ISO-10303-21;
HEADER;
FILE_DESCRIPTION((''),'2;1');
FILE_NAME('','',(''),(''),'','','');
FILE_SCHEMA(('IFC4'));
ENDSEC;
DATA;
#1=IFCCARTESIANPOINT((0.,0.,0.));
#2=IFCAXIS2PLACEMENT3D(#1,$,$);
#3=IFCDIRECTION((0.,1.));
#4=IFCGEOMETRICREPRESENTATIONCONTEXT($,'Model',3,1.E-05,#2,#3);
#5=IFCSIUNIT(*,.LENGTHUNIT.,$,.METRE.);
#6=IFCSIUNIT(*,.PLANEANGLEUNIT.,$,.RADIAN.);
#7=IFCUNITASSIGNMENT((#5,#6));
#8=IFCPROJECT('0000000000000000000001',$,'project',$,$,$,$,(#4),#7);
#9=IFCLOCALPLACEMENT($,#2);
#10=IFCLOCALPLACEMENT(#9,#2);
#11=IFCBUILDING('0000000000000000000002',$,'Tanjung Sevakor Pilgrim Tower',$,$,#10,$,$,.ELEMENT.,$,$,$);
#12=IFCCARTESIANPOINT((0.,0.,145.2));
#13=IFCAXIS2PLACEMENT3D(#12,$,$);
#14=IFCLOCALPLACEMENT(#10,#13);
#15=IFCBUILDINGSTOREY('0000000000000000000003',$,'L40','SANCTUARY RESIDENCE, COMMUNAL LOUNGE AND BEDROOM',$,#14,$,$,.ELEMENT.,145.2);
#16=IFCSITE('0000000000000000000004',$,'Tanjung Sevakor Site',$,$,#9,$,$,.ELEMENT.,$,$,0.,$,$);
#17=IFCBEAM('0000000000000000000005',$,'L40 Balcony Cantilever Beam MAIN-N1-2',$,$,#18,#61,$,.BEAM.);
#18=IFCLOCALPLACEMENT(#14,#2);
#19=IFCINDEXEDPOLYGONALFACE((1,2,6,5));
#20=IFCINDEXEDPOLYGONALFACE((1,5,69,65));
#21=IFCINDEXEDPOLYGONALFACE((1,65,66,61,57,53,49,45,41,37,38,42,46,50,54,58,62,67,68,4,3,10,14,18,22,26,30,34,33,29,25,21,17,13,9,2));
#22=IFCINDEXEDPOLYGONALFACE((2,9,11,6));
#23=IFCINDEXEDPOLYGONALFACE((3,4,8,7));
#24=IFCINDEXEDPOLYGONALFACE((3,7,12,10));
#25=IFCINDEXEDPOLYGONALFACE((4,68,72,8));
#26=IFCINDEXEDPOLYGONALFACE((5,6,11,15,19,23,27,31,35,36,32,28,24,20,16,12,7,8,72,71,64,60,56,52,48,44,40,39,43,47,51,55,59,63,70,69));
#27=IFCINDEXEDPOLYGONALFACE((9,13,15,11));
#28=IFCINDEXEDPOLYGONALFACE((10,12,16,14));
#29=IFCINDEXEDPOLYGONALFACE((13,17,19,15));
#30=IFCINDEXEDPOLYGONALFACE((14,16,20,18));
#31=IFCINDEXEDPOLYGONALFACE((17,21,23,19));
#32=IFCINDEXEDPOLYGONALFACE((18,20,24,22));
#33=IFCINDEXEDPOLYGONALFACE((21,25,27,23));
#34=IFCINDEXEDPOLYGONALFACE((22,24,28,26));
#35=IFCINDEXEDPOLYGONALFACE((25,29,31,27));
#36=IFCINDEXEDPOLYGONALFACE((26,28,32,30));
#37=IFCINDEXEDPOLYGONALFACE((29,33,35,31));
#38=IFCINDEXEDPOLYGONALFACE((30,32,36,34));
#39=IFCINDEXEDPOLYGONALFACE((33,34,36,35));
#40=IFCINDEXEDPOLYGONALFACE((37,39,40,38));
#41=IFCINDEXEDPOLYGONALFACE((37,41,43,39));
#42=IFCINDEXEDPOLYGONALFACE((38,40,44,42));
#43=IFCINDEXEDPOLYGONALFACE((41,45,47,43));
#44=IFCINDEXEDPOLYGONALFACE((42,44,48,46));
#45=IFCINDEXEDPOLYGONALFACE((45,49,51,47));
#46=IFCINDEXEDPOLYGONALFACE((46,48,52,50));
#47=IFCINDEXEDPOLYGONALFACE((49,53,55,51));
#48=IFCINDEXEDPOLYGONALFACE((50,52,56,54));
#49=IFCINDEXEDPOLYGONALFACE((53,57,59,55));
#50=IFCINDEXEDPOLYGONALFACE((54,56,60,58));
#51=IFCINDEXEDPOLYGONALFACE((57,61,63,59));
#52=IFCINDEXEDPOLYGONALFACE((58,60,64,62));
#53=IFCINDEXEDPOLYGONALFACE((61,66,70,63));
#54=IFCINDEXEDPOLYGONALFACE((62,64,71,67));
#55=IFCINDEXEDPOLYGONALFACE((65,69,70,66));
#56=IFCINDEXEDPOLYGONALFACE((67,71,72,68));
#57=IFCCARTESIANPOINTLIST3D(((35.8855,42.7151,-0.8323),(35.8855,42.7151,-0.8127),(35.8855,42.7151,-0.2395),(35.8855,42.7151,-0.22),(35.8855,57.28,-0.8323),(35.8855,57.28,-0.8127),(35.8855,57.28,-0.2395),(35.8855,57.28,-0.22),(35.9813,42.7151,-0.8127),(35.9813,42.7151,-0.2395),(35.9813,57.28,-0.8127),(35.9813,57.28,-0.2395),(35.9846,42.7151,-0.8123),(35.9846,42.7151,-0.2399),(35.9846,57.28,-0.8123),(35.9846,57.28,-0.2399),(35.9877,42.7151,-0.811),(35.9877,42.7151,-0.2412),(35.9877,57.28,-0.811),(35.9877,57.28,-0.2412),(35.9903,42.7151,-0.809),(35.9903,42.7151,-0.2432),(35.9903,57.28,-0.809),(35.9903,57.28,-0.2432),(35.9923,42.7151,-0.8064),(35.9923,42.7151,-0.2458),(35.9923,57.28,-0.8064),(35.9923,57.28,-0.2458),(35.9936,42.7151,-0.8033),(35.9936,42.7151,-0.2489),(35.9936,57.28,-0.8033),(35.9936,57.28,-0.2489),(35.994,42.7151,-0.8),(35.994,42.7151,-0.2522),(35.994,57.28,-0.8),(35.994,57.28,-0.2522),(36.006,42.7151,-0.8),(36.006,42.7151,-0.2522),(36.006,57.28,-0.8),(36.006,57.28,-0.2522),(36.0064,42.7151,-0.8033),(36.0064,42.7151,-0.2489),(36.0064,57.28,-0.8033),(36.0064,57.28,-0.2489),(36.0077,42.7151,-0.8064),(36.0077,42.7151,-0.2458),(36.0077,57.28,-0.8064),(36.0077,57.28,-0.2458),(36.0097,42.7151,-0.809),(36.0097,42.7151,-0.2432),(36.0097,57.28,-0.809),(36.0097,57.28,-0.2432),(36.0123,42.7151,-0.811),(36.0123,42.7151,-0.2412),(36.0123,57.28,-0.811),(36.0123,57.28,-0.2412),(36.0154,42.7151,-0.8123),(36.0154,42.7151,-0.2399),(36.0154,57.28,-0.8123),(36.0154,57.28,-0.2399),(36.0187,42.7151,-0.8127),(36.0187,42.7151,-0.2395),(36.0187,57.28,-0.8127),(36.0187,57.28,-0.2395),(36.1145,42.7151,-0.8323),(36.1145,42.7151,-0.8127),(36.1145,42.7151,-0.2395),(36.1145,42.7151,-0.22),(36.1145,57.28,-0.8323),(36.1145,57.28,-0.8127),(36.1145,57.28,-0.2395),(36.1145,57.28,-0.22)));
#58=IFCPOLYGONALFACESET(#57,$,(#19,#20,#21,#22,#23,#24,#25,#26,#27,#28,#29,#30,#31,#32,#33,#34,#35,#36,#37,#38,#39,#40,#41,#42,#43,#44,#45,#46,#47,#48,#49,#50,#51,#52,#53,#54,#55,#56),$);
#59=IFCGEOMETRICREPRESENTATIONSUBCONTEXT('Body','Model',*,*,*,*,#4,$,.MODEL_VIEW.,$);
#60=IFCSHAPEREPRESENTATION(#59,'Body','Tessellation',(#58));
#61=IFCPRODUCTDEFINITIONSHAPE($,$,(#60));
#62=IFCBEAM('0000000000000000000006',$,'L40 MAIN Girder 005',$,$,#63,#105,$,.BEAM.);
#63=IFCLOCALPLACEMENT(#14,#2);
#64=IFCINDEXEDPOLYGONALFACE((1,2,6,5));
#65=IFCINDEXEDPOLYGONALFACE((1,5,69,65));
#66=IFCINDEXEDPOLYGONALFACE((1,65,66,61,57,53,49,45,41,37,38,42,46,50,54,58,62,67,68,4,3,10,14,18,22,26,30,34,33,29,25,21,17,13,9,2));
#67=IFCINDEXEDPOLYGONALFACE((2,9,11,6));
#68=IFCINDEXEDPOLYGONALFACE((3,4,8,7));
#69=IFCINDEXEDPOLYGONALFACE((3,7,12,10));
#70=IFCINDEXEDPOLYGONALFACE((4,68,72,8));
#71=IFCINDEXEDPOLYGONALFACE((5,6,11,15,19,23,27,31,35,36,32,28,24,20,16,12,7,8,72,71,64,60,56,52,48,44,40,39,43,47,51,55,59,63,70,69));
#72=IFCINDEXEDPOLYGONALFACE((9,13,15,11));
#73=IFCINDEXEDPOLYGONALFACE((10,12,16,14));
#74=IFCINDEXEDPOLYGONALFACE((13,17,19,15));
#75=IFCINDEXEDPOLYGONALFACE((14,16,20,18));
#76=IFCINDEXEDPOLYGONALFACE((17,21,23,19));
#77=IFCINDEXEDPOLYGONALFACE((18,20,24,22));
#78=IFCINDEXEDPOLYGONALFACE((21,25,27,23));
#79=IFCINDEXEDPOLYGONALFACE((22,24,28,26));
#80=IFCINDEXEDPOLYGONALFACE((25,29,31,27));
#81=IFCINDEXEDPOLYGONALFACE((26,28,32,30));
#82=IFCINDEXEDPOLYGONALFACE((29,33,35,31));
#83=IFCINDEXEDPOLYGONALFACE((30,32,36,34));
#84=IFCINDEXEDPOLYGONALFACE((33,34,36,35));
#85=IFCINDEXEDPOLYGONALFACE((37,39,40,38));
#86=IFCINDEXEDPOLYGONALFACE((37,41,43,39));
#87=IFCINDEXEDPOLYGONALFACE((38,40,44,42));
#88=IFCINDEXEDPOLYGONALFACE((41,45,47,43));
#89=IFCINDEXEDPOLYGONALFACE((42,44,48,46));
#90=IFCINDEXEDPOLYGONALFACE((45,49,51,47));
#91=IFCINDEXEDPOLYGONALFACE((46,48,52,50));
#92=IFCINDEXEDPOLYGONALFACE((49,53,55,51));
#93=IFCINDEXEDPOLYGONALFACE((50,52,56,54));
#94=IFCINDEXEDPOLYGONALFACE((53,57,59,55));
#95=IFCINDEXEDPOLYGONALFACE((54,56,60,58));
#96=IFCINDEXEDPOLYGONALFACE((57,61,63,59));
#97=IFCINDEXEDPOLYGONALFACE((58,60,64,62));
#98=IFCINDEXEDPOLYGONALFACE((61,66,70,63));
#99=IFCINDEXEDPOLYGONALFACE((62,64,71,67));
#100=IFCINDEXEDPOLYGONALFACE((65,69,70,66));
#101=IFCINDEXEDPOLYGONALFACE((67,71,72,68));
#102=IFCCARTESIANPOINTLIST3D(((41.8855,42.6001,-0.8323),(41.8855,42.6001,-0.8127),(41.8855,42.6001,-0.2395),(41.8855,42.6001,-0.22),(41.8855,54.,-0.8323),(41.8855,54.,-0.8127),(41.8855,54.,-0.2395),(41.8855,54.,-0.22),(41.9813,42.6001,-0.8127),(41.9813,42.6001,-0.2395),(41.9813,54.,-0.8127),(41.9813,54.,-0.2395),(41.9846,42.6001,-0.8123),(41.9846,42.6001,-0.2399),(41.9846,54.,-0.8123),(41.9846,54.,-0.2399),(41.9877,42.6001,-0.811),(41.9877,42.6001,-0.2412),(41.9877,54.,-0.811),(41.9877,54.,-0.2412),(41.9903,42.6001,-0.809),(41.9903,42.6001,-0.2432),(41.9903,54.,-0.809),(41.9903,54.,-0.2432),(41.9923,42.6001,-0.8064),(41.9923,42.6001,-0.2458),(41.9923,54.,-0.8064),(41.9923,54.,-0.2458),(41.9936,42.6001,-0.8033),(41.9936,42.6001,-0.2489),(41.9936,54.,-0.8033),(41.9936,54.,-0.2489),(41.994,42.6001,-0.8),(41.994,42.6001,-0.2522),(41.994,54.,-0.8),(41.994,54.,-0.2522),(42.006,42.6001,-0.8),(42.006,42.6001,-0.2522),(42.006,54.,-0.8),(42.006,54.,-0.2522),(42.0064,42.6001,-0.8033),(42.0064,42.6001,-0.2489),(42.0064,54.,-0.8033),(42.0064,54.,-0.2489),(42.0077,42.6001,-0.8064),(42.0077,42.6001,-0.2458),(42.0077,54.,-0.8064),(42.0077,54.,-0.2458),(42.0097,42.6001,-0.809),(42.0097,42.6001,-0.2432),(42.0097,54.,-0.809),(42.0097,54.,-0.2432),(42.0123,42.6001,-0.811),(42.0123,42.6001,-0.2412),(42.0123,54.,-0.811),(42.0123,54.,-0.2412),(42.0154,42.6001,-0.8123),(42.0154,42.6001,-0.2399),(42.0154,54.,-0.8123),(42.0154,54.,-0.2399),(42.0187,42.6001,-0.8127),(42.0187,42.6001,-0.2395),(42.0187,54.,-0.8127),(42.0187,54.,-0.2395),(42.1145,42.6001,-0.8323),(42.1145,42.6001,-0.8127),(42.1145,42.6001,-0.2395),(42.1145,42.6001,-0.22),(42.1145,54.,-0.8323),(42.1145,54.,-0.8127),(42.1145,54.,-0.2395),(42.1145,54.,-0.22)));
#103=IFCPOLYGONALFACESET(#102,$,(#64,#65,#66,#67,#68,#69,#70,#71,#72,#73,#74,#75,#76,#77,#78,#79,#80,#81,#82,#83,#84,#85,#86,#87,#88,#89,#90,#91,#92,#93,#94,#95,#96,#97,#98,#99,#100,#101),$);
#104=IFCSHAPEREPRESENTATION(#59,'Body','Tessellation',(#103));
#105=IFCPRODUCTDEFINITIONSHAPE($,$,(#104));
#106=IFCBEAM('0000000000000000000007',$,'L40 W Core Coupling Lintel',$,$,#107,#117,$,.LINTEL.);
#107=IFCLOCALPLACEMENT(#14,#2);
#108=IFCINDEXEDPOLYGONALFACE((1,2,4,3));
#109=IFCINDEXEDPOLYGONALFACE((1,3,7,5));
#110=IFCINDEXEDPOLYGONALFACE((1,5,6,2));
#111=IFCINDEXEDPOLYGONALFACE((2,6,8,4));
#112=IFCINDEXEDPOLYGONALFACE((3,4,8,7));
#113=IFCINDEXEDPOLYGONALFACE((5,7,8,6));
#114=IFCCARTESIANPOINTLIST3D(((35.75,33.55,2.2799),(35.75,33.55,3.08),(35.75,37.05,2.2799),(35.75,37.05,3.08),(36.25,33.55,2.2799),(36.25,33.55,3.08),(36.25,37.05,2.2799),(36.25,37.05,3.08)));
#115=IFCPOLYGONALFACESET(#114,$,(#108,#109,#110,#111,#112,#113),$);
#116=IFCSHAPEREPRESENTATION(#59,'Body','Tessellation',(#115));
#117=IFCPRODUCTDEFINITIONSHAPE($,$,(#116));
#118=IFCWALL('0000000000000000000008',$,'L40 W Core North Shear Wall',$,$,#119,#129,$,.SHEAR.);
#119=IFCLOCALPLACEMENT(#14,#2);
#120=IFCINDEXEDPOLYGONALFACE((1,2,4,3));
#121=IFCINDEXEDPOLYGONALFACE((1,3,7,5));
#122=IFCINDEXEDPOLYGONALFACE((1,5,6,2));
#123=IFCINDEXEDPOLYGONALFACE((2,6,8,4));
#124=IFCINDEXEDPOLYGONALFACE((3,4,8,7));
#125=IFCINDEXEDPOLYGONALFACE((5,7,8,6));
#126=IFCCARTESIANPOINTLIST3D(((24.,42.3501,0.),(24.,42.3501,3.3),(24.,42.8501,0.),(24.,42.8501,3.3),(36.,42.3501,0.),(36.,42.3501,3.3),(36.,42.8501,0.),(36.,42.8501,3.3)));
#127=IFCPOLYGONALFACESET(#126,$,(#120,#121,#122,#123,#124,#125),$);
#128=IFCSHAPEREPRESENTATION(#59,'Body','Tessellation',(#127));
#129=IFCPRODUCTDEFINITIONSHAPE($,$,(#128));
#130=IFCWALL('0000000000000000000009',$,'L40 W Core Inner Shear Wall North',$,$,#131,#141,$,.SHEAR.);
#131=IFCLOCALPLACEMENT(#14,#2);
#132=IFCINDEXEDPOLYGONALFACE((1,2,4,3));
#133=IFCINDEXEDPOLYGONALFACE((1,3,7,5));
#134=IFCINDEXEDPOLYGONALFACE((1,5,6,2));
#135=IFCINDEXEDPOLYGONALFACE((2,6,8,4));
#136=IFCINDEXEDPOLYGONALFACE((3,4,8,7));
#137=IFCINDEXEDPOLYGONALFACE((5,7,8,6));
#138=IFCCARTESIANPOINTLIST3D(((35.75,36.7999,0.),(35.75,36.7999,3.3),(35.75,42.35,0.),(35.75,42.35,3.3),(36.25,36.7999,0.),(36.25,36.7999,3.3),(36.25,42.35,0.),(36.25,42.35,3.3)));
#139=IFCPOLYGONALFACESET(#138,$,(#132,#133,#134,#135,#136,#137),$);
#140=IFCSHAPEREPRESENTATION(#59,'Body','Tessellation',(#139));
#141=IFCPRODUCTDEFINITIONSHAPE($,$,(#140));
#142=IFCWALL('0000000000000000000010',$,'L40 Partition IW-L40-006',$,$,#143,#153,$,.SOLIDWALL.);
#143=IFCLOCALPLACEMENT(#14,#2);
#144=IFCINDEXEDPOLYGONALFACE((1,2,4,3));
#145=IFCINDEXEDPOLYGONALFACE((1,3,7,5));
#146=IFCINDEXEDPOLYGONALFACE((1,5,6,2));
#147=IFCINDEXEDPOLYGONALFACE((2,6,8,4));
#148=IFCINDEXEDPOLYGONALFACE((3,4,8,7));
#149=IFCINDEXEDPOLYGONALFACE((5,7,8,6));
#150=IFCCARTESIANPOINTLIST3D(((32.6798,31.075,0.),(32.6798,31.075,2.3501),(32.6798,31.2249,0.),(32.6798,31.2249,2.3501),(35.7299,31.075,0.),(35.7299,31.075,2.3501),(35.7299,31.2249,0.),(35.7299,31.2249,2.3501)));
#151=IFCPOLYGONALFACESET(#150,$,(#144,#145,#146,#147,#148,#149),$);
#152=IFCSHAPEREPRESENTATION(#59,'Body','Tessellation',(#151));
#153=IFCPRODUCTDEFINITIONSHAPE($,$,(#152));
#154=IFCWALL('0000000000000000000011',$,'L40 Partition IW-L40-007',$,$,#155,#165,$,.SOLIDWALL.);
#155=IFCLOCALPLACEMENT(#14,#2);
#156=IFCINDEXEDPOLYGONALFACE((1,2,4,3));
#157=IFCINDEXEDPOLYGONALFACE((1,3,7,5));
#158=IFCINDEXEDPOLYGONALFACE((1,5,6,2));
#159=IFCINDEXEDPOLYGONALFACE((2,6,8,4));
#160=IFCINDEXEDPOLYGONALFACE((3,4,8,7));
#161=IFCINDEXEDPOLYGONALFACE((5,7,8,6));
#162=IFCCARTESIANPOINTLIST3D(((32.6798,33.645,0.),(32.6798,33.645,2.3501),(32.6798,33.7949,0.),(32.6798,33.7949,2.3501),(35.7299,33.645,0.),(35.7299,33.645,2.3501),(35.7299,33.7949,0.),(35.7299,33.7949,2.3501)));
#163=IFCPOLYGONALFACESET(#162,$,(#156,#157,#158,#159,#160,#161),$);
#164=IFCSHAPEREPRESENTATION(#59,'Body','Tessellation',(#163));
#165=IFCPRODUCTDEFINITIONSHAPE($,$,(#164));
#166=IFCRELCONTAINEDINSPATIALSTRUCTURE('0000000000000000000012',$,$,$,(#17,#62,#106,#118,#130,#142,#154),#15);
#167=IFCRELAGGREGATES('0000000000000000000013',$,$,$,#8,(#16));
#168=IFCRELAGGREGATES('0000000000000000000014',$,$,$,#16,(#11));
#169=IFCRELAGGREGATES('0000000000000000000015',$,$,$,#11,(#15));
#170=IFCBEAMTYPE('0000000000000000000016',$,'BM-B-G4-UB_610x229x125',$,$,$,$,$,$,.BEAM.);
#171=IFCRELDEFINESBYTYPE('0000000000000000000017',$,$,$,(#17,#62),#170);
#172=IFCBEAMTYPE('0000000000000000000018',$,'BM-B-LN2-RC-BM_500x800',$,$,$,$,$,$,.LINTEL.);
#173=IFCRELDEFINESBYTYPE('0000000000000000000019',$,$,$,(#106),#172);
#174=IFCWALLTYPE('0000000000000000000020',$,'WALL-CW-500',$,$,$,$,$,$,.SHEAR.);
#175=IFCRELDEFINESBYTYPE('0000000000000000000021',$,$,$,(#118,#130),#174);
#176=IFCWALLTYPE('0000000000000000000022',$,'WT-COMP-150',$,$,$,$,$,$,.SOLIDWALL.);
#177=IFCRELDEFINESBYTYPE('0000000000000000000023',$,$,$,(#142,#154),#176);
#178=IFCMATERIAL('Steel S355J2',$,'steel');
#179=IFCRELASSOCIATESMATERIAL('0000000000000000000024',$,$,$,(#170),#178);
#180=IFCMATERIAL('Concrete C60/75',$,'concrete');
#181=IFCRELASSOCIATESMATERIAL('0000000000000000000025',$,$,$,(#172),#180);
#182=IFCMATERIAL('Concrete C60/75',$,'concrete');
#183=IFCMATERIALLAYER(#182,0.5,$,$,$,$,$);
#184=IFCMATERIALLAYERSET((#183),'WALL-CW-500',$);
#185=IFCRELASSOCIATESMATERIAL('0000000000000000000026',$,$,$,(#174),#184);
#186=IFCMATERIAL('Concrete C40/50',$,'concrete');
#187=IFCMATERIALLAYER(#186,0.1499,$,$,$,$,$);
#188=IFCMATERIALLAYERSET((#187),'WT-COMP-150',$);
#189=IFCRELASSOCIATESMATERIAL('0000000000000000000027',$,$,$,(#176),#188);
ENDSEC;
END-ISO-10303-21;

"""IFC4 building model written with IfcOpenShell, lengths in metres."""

from ifc_helpers import new_model, si_unit, direction, frame, frame_2d, origin, origin_2d, place, context, subcontext, project, spatial, rectangle, i_section, extrude, material, layer, layer_set, material_profile, profile_set, type_object, element, save


model = new_model("IFC4")

# Units and contexts
model_context = context("Model", 3, precision=1e-05, world=origin(), true_north=direction((0.0, 1.0)))
body_context = subcontext(model_context, "Body", "Model", "MODEL_VIEW")
ifc_project = project(units=[si_unit("LENGTHUNIT", "METRE"), si_unit("PLANEANGLEUNIT", "RADIAN")], contexts=[model_context])

# Site, building, storey
site_placement = place(None, origin())
site = spatial("IfcSite", under=ifc_project, at=site_placement, Name="Tanjung Sevakor Site", CompositionType="ELEMENT", RefElevation=0.0)
building_placement = place(site_placement, origin())
building = spatial("IfcBuilding", under=site, at=building_placement, Name="Tanjung Sevakor Pilgrim Tower", CompositionType="ELEMENT")
storey_placement = place(building_placement, frame((0.0, 0.0, 145.2)))
storey = spatial("IfcBuildingStorey", under=building, at=storey_placement, Name="L40", Description="SANCTUARY RESIDENCE, COMMUNAL LOUNGE AND BEDROOM", CompositionType="ELEMENT", Elevation=145.2)

# Beams
ifc_material_1 = material(Name="Steel S355J2", Category="steel")
ifc_material_profile_1 = material_profile(ifc_material_1, i_section(OverallWidth=0.229, OverallDepth=0.6123, WebThickness=0.012, FlangeThickness=0.0195, FilletRadius=0.0127, at=origin_2d()))
ifc_profile_set_1 = profile_set([ifc_material_profile_1], Name="Steel S355J2")
beam_type_1 = type_object("IfcBeamType", Name="BM-B-G4-UB_610x229x125", PredefinedType="BEAM", material=ifc_profile_set_1)
beam_1_placement = place(storey_placement, frame((36.0, 42.7151, -0.5261), z_axis=(0.0, 1.0, 0.0), x_axis=(-1.0, 0.0, 0.0)))
element("IfcBeam", 1, at=beam_1_placement, inside=storey, type_object=beam_type_1, Name="L40 Balcony Cantilever Beam MAIN-N1-2", PredefinedType="BEAM", context=body_context, shape_type="SweptSolid", body=[
    extrude(i_section(OverallWidth=0.229, OverallDepth=0.6123, WebThickness=0.012, FlangeThickness=0.0195, FilletRadius=0.0127, at=origin_2d()), origin(), (0.0, 0.0, 1.0), 14.5649),
])
beam_2_placement = place(storey_placement, frame((42.0, 42.6001, -0.5261), z_axis=(0.0, 1.0, 0.0), x_axis=(-1.0, 0.0, 0.0)))
element("IfcBeam", 2, at=beam_2_placement, inside=storey, type_object=beam_type_1, Name="L40 MAIN Girder 005", PredefinedType="BEAM", context=body_context, shape_type="SweptSolid", body=[
    extrude(i_section(OverallWidth=0.229, OverallDepth=0.6123, WebThickness=0.012, FlangeThickness=0.0195, FilletRadius=0.0127, at=origin_2d()), origin(), (0.0, 0.0, 1.0), 11.3999),
])
ifc_material_2 = material(Name="Concrete C60/75", Category="concrete")
ifc_material_profile_2 = material_profile(ifc_material_2, rectangle(XDim=0.5, YDim=0.8, at=origin_2d()))
ifc_profile_set_2 = profile_set([ifc_material_profile_2], Name="Concrete C60/75")
beam_type_2 = type_object("IfcBeamType", Name="BM-B-LN2-RC-BM_500x800", PredefinedType="LINTEL", material=ifc_profile_set_2)
beam_3_placement = place(storey_placement, frame((36.0, 33.55, 2.6799), z_axis=(0.0, 1.0, 0.0), x_axis=(-1.0, 0.0, 0.0)))
element("IfcBeam", 3, at=beam_3_placement, inside=storey, type_object=beam_type_2, Name="L40 W Core Coupling Lintel", PredefinedType="LINTEL", context=body_context, shape_type="SweptSolid", body=[
    extrude(rectangle(XDim=0.5, YDim=0.8, at=origin_2d()), origin(), (0.0, 0.0, 1.0), 3.5),
])

# Walls
ifc_material_3 = material(Name="Concrete C60/75", Category="concrete")
ifc_layer_1 = layer(ifc_material_3, 0.5)
ifc_layer_set_1 = layer_set([ifc_layer_1], Name="WALL-CW-500")
wall_type_1 = type_object("IfcWallType", Name="WALL-CW-500", PredefinedType="SHEAR", material=ifc_layer_set_1)
wall_1_placement = place(storey_placement, frame((36.0, 42.6001, 0.0), z_axis=(0.0, 0.0, 1.0), x_axis=(-1.0, 0.0, 0.0)))
element("IfcWall", 4, at=wall_1_placement, inside=storey, type_object=wall_type_1, Name="L40 W Core North Shear Wall", PredefinedType="SHEAR", context=body_context, shape_type="SweptSolid", body=[
    extrude(rectangle(XDim=12.0, YDim=0.5, at=frame_2d((6.0, 0.0))), origin(), (0.0, 0.0, 1.0), 3.3),
])
wall_2_placement = place(storey_placement, frame((36.0, 36.8, 0.0), z_axis=(0.0, 0.0, 1.0), x_axis=(0.0, 1.0, 0.0)))
element("IfcWall", 5, at=wall_2_placement, inside=storey, type_object=wall_type_1, Name="L40 W Core Inner Shear Wall North", PredefinedType="SHEAR", context=body_context, shape_type="SweptSolid", body=[
    extrude(rectangle(XDim=5.55, YDim=0.5, at=frame_2d((2.7749, 0.0))), origin(), (0.0, 0.0, 1.0), 3.3),
])
ifc_material_4 = material(Name="Concrete C40/50", Category="concrete")
ifc_layer_2 = layer(ifc_material_4, 0.1499)
ifc_layer_set_2 = layer_set([ifc_layer_2], Name="WT-COMP-150")
wall_type_2 = type_object("IfcWallType", Name="WT-COMP-150", PredefinedType="SOLIDWALL", material=ifc_layer_set_2)
for number, where, z_axis, x_axis, name in (
    (6, (32.6799, 31.1499, 0.0), (0.0, 0.0, 1.0), (1.0, 0.0, 0.0), "L40 Partition IW-L40-006"),
    (7, (32.6799, 33.72, 0.0), (0.0, 0.0, 1.0), (1.0, 0.0, 0.0), "L40 Partition IW-L40-007"),
):
    element("IfcWall", number, at=place(storey_placement, frame(where, z_axis=z_axis, x_axis=x_axis)), inside=storey, type_object=wall_type_2, Name=name, PredefinedType="SOLIDWALL", context=body_context, shape_type="SweptSolid", body=[
        extrude(rectangle(XDim=3.05, YDim=0.1499, at=frame_2d((1.5249, 0.0))), origin(), (0.0, 0.0, 1.0), 2.3501),
    ])

save(model, "model.ifc")
